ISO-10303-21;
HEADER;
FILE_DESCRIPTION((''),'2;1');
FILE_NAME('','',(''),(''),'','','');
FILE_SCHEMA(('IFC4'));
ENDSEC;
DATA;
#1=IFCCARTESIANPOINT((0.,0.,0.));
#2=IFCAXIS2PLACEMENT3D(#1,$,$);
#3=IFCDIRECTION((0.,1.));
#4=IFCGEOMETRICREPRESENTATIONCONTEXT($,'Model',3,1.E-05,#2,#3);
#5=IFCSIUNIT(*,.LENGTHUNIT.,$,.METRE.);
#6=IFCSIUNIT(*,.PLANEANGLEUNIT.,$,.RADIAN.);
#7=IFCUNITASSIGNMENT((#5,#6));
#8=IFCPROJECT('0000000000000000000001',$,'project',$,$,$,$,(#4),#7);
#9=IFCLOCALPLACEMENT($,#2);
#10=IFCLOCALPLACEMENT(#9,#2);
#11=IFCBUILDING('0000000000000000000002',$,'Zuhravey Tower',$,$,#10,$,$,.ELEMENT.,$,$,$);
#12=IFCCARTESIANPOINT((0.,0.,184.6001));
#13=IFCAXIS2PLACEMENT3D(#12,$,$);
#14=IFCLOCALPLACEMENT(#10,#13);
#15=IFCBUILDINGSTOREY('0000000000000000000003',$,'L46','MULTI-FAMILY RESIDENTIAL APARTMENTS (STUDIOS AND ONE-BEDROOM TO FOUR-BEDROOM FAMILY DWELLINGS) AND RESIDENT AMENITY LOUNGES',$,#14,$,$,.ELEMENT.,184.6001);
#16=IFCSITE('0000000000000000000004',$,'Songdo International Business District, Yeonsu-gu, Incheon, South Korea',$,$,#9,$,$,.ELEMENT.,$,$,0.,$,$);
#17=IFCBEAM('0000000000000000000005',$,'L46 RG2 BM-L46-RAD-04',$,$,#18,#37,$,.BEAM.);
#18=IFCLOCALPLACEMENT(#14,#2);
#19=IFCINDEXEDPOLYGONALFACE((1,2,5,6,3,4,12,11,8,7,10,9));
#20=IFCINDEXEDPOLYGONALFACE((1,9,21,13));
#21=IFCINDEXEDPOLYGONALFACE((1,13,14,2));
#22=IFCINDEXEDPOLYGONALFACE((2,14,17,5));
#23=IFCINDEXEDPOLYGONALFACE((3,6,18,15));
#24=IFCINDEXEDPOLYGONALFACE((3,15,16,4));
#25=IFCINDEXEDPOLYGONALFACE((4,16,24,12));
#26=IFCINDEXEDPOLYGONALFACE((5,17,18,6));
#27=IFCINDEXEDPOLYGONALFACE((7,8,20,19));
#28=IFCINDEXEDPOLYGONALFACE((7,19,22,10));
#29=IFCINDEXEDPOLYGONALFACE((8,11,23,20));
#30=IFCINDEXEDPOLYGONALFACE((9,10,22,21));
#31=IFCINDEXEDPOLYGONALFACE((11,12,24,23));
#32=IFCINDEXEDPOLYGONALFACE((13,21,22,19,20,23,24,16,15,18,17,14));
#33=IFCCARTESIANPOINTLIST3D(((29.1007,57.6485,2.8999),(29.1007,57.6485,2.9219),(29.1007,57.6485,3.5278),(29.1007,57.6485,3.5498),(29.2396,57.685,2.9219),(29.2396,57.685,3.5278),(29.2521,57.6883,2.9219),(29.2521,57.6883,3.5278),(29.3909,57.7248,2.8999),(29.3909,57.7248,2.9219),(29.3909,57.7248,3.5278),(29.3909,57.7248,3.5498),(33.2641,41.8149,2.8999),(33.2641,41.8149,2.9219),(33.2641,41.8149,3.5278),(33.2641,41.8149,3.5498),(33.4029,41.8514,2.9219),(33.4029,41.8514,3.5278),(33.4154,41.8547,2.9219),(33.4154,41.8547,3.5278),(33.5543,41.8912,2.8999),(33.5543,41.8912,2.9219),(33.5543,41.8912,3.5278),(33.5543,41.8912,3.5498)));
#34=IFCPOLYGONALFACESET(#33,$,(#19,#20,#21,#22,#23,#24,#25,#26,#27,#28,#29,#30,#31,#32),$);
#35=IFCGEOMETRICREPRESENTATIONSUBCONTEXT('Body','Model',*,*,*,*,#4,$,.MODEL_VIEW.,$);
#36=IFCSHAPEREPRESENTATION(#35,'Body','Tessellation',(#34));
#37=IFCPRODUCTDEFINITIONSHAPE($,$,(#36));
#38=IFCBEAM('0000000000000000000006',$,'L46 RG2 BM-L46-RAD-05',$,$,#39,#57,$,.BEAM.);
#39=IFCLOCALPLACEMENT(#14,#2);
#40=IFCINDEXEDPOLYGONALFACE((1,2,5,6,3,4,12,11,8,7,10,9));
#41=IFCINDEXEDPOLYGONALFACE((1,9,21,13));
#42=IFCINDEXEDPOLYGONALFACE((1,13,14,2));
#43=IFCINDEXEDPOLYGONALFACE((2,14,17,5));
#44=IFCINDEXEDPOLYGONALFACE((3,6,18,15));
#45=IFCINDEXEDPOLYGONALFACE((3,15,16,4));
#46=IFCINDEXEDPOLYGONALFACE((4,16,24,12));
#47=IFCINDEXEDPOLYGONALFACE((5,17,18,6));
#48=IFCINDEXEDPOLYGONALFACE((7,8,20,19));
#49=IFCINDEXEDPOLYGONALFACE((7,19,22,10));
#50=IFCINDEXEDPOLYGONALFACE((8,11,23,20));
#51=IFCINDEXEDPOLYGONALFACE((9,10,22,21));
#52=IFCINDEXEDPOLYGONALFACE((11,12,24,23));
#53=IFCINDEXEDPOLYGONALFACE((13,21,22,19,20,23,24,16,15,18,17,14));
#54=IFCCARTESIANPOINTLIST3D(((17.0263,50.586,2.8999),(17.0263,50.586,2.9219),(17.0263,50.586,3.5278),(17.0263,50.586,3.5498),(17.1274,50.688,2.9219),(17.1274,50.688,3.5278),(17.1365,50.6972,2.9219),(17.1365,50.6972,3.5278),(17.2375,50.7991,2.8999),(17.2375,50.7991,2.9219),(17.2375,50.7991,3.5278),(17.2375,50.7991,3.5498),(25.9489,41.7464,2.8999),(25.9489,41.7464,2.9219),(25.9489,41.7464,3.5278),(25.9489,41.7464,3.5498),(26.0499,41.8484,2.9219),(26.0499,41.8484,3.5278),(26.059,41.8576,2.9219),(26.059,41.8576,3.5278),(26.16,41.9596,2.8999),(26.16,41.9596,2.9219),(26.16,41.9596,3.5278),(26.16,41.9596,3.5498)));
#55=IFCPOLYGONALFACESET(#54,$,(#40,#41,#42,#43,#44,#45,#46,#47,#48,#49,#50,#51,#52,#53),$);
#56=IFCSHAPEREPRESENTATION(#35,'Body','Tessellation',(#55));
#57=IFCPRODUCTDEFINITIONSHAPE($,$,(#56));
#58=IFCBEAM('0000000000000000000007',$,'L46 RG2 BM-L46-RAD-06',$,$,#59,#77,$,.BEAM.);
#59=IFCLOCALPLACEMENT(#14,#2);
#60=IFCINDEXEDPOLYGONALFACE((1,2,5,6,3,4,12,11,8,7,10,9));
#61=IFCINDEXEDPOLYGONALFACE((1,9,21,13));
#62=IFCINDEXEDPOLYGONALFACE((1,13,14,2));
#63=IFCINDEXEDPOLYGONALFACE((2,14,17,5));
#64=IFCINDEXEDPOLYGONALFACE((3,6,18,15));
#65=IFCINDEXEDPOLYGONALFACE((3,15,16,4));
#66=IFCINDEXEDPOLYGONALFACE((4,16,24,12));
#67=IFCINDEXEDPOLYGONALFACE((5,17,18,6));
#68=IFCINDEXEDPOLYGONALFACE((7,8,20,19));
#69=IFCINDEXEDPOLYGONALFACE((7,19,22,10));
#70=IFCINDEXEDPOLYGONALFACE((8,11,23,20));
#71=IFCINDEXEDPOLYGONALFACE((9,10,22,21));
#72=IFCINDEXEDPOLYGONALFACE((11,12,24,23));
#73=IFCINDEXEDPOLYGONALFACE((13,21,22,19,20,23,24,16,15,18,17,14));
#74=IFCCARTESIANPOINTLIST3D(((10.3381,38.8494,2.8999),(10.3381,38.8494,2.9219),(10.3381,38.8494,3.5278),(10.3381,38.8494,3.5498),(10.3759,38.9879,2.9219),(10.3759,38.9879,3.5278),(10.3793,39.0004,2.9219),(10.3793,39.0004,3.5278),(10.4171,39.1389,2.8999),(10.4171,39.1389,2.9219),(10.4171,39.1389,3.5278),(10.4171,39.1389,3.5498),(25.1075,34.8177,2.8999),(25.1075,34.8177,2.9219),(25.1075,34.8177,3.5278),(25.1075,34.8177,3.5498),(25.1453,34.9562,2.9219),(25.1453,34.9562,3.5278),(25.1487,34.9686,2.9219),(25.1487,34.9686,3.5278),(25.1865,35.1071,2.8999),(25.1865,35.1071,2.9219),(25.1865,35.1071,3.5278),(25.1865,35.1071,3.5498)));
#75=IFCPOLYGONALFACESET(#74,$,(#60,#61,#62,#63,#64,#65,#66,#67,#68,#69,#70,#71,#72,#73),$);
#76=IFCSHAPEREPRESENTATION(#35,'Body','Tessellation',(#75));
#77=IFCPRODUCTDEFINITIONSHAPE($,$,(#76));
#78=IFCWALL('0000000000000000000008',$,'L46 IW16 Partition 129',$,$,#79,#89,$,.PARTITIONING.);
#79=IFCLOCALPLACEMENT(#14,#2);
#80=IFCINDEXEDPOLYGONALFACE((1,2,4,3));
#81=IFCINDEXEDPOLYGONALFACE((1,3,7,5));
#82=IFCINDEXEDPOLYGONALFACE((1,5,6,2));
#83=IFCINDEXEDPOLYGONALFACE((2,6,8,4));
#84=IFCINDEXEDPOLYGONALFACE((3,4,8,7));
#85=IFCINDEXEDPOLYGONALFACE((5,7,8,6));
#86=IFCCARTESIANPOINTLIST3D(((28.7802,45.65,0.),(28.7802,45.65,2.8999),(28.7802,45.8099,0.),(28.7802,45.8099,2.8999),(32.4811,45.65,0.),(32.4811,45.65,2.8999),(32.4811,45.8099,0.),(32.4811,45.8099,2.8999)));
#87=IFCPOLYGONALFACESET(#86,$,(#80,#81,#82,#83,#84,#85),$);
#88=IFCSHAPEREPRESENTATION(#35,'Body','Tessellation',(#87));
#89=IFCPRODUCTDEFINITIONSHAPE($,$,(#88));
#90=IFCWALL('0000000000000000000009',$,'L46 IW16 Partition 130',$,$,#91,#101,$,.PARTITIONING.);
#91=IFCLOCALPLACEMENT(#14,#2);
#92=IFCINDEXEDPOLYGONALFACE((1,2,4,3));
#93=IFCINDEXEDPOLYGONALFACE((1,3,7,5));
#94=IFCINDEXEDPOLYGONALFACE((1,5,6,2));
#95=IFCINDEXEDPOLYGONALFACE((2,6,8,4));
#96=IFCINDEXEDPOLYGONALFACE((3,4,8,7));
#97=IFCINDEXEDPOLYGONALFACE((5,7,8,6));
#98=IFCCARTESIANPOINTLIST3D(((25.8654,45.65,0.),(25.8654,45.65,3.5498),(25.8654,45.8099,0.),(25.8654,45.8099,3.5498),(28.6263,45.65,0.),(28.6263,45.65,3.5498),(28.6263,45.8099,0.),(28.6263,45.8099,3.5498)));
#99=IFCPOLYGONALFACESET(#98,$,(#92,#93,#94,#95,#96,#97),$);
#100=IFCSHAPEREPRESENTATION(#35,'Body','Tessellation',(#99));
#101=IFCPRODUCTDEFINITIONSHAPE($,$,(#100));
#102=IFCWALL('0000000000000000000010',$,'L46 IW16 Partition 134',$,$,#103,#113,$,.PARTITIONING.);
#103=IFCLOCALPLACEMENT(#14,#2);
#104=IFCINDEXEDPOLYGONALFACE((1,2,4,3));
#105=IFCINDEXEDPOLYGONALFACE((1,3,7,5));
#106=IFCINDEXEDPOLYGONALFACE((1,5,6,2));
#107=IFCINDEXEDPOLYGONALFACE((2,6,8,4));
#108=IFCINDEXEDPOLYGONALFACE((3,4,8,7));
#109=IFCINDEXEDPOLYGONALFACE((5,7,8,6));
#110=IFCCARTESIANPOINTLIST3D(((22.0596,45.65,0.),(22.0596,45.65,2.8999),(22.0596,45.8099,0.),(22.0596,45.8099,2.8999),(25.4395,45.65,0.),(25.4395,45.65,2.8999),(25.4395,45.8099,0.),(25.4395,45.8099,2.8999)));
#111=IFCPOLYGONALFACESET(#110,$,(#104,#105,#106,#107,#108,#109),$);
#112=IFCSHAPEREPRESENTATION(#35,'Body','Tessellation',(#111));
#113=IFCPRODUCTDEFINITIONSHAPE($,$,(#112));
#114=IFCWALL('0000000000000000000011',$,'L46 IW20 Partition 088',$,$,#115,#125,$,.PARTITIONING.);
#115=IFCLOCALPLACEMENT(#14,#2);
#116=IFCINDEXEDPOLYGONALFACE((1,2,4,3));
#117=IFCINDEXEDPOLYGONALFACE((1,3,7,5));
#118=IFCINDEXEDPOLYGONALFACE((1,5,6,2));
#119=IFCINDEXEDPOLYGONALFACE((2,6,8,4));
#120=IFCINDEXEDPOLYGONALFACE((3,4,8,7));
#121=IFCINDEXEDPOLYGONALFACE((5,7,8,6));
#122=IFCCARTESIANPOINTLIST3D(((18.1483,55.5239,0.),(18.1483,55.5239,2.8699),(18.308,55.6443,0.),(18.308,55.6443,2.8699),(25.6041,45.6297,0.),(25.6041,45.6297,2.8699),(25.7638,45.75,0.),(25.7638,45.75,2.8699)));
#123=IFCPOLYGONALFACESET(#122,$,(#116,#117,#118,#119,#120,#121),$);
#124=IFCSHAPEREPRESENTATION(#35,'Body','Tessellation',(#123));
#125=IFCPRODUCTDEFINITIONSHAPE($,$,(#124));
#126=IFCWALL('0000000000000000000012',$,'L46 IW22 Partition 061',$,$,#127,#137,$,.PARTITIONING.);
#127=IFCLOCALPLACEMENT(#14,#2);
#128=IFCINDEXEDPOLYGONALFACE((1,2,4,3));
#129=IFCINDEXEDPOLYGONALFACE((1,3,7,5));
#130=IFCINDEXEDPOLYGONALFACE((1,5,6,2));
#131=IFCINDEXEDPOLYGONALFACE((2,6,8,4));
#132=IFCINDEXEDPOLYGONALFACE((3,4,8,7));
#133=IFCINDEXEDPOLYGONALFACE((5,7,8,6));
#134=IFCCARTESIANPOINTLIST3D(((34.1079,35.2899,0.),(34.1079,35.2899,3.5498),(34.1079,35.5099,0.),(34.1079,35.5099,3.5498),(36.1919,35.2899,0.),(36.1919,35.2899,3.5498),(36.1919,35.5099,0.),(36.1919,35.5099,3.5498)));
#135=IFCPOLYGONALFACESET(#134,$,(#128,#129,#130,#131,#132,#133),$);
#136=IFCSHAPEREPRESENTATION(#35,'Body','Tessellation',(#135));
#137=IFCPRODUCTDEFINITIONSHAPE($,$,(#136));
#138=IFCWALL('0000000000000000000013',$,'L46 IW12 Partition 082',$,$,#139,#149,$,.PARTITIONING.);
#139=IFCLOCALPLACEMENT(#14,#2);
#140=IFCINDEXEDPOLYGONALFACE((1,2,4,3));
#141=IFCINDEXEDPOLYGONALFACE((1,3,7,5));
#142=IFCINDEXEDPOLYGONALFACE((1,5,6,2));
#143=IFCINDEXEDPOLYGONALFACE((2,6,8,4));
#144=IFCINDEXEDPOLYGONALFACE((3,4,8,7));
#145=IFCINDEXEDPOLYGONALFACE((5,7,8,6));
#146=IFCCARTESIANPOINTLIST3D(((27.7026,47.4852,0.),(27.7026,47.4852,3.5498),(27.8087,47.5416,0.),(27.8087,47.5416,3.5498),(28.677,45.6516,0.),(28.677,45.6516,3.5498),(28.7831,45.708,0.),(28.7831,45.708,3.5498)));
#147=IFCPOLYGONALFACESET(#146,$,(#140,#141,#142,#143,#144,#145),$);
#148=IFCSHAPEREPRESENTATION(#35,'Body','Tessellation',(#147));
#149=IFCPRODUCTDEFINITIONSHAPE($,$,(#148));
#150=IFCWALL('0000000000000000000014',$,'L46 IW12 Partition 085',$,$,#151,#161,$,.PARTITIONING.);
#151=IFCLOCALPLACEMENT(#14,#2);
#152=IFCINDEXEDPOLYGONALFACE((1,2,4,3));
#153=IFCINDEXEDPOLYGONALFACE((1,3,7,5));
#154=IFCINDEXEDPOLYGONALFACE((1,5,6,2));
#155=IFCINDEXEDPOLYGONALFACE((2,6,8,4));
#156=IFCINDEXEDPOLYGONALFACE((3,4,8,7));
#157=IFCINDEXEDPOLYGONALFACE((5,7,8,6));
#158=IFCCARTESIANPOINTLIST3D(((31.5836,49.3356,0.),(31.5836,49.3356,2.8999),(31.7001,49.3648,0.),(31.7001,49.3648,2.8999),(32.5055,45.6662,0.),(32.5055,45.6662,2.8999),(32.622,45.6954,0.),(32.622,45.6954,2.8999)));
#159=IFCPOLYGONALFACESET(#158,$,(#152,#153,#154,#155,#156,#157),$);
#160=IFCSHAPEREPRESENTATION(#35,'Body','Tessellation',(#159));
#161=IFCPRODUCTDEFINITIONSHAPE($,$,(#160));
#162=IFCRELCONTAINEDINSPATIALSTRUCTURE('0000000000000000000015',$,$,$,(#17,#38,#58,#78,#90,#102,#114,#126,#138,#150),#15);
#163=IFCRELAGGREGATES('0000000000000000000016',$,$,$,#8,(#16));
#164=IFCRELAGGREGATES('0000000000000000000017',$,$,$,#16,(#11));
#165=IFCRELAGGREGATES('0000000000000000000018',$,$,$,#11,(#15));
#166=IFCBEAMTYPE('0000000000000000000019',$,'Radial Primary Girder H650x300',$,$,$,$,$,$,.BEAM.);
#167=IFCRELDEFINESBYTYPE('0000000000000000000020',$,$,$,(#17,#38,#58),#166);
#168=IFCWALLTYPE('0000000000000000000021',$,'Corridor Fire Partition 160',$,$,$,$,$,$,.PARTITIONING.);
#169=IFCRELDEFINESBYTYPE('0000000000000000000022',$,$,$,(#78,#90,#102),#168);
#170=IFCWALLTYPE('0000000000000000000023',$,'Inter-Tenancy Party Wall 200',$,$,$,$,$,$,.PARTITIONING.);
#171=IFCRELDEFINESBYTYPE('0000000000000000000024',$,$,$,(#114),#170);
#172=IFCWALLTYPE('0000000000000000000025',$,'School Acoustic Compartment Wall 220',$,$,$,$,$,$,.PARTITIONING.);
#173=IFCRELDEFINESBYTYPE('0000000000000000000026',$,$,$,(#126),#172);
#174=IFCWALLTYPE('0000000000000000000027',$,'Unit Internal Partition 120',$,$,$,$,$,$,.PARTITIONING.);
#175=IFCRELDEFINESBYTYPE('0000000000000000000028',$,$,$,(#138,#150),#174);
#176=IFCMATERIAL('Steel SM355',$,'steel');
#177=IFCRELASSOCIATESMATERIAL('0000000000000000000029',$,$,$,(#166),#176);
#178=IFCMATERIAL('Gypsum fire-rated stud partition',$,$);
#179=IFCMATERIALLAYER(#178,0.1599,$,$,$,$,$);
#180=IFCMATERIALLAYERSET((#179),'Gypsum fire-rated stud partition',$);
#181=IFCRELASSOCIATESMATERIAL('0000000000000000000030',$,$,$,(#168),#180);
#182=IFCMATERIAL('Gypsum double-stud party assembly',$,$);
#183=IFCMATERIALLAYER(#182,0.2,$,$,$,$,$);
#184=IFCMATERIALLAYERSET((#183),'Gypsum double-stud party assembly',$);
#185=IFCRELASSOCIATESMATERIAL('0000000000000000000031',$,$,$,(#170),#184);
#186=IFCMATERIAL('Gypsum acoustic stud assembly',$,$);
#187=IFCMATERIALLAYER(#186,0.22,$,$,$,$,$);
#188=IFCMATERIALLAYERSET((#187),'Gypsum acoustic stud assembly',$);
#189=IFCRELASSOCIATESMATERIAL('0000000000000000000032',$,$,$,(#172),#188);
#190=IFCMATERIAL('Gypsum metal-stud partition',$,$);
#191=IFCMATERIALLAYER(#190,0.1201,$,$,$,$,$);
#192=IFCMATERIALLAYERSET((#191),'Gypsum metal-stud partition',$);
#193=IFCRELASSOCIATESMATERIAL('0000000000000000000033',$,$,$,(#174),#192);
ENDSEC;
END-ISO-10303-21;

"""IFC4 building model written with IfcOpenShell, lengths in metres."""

from ifc_helpers import new_model, si_unit, direction, frame, frame_2d, origin, origin_2d, place, context, subcontext, project, spatial, rectangle, i_section, extrude, material, layer, layer_set, material_profile, profile_set, type_object, element, save


model = new_model("IFC4")

# Units and contexts
model_context = context("Model", 3, precision=1e-05, world=origin(), true_north=direction((0.0, 1.0)))
body_context = subcontext(model_context, "Body", "Model", "MODEL_VIEW")
ifc_project = project(units=[si_unit("LENGTHUNIT", "METRE"), si_unit("PLANEANGLEUNIT", "RADIAN")], contexts=[model_context])

# Site, building, storey
site_placement = place(None, origin())
site = spatial("IfcSite", under=ifc_project, at=site_placement, Name="Songdo International Business District, Yeonsu-gu, Incheon, South Korea", CompositionType="ELEMENT", RefElevation=0.0)
building_placement = place(site_placement, origin())
building = spatial("IfcBuilding", under=site, at=building_placement, Name="Zuhravey Tower", CompositionType="ELEMENT")
storey_placement = place(building_placement, frame((0.0, 0.0, 184.6001)))
storey = spatial("IfcBuildingStorey", under=building, at=storey_placement, Name="L46", Description="MULTI-FAMILY RESIDENTIAL APARTMENTS (STUDIOS AND ONE-BEDROOM TO FOUR-BEDROOM FAMILY DWELLINGS) AND RESIDENT AMENITY LOUNGES", CompositionType="ELEMENT", Elevation=184.6001)

# Beams
ifc_material_1 = material(Name="Steel SM355", Category="steel")
ifc_material_profile = material_profile(ifc_material_1, i_section(OverallWidth=0.3, OverallDepth=0.6499, WebThickness=0.0129, FlangeThickness=0.022, at=origin_2d()), Name="H-650x300x13x22")
ifc_profile_set = profile_set([ifc_material_profile], Name="Steel SM355")
beam_type = type_object("IfcBeamType", Name="Radial Primary Girder H650x300", PredefinedType="BEAM", material=ifc_profile_set)
beam_1_placement = place(storey_placement, frame((33.4092, 41.853, 3.2249), z_axis=(-0.2543, 0.967125, 0.0), x_axis=(-0.967125, -0.2543, 0.0)))
element("IfcBeam", 1, at=beam_1_placement, inside=storey, type_object=beam_type, Name="L46 RG2 BM-L46-RAD-04", PredefinedType="BEAM", context=body_context, shape_type="SweptSolid", body=[
    extrude(i_section(OverallWidth=0.3, OverallDepth=0.6499, WebThickness=0.0129, FlangeThickness=0.022, at=origin_2d()), origin(), (0.0, 0.0, 1.0), 16.3718),
])
beam_2_placement = place(storey_placement, frame((26.0544, 41.853, 3.2249), z_axis=(-0.710404, 0.703795, 0.0), x_axis=(-0.703795, -0.710404, 0.0)))
element("IfcBeam", 2, at=beam_2_placement, inside=storey, type_object=beam_type, Name="L46 RG2 BM-L46-RAD-05", PredefinedType="BEAM", context=body_context, shape_type="SweptSolid", body=[
    extrude(i_section(OverallWidth=0.3, OverallDepth=0.6499, WebThickness=0.0129, FlangeThickness=0.022, at=origin_2d()), origin(), (0.0, 0.0, 1.0), 12.5598),
])
beam_3_placement = place(storey_placement, frame((25.147, 34.9624, 3.2249), z_axis=(-0.964702, 0.263345, 0.0), x_axis=(-0.263345, -0.964702, 0.0)))
element("IfcBeam", 3, at=beam_3_placement, inside=storey, type_object=beam_type, Name="L46 RG2 BM-L46-RAD-06", PredefinedType="BEAM", context=body_context, shape_type="SweptSolid", body=[
    extrude(i_section(OverallWidth=0.3, OverallDepth=0.6499, WebThickness=0.0129, FlangeThickness=0.022, at=origin_2d()), origin(), (0.0, 0.0, 1.0), 15.3098),
])

# Walls
ifc_material_2 = material(Name="Gypsum fire-rated stud partition")
ifc_layer_1 = layer(ifc_material_2, 0.1599)
ifc_layer_set_1 = layer_set([ifc_layer_1], Name="Gypsum fire-rated stud partition")
wall_type_1 = type_object("IfcWallType", Name="Corridor Fire Partition 160", PredefinedType="PARTITIONING", material=ifc_layer_set_1)
wall_1_placement = place(storey_placement, frame((32.4812, 45.73, 0.0), z_axis=(0.0, 0.0, 1.0), x_axis=(-1.0, 0.0, 0.0)))
element("IfcWall", 4, at=wall_1_placement, inside=storey, type_object=wall_type_1, Name="L46 IW16 Partition 129", PredefinedType="PARTITIONING", context=body_context, shape_type="SweptSolid", body=[
    extrude(rectangle(XDim=3.7009, YDim=0.1599, at=frame_2d((1.8506, 0.0))), origin(), (0.0, 0.0, 1.0), 2.8999),
])
wall_2_placement = place(storey_placement, frame((28.6262, 45.73, 0.0), z_axis=(0.0, 0.0, 1.0), x_axis=(-1.0, 0.0, 0.0)))
element("IfcWall", 5, at=wall_2_placement, inside=storey, type_object=wall_type_1, Name="L46 IW16 Partition 130", PredefinedType="PARTITIONING", context=body_context, shape_type="SweptSolid", body=[
    extrude(rectangle(XDim=2.761, YDim=0.1599, at=frame_2d((1.3804, 0.0))), origin(), (0.0, 0.0, 1.0), 3.5498),
])
wall_3_placement = place(storey_placement, frame((25.4395, 45.73, 0.0), z_axis=(0.0, 0.0, 1.0), x_axis=(-1.0, 0.0, 0.0)))
element("IfcWall", 6, at=wall_3_placement, inside=storey, type_object=wall_type_1, Name="L46 IW16 Partition 134", PredefinedType="PARTITIONING", context=body_context, shape_type="SweptSolid", body=[
    extrude(rectangle(XDim=3.3799, YDim=0.1599, at=frame_2d((1.6899, 0.0))), origin(), (0.0, 0.0, 1.0), 2.8999),
])
ifc_material_3 = material(Name="Gypsum double-stud party assembly")
ifc_layer_2 = layer(ifc_material_3, 0.2)
ifc_layer_set_2 = layer_set([ifc_layer_2], Name="Gypsum double-stud party assembly")
wall_type_2 = type_object("IfcWallType", Name="Inter-Tenancy Party Wall 200", PredefinedType="PARTITIONING", material=ifc_layer_set_2)
wall_4_placement = place(storey_placement, frame((25.6838, 45.6899, 0.0), z_axis=(0.0, 0.0, 1.0), x_axis=(-0.601811, 0.798638, 0.0)))
element("IfcWall", 7, at=wall_4_placement, inside=storey, type_object=wall_type_2, Name="L46 IW20 Partition 088", PredefinedType="PARTITIONING", context=body_context, shape_type="SweptSolid", body=[
    extrude(rectangle(XDim=12.3889, YDim=0.2, at=frame_2d((6.1943, 0.0))), origin(), (0.0, 0.0, 1.0), 2.8699),
])
ifc_material_4 = material(Name="Gypsum acoustic stud assembly")
ifc_layer_3 = layer(ifc_material_4, 0.22)
ifc_layer_set_3 = layer_set([ifc_layer_3], Name="Gypsum acoustic stud assembly")
wall_type_3 = type_object("IfcWallType", Name="School Acoustic Compartment Wall 220", PredefinedType="PARTITIONING", material=ifc_layer_set_3)
wall_5_placement = place(storey_placement, frame((34.1079, 35.3999, 0.0), z_axis=(0.0, 0.0, 1.0), x_axis=(1.0, 0.0, 0.0)))
element("IfcWall", 8, at=wall_5_placement, inside=storey, type_object=wall_type_3, Name="L46 IW22 Partition 061", PredefinedType="PARTITIONING", context=body_context, shape_type="SweptSolid", body=[
    extrude(rectangle(XDim=2.084, YDim=0.22, at=frame_2d((1.042, 0.0))), origin(), (0.0, 0.0, 1.0), 3.5498),
])
ifc_material_5 = material(Name="Gypsum metal-stud partition")
ifc_layer_4 = layer(ifc_material_5, 0.1201)
ifc_layer_set_4 = layer_set([ifc_layer_4], Name="Gypsum metal-stud partition")
wall_type_4 = type_object("IfcWallType", Name="Unit Internal Partition 120", PredefinedType="PARTITIONING", material=ifc_layer_set_4)
wall_6_placement = place(storey_placement, frame((28.73, 45.6799, 0.0), z_axis=(0.0, 0.0, 1.0), x_axis=(-0.469276, 0.883052, 0.0)))
element("IfcWall", 9, at=wall_6_placement, inside=storey, type_object=wall_type_4, Name="L46 IW12 Partition 082", PredefinedType="PARTITIONING", context=body_context, shape_type="SweptSolid", body=[
    extrude(rectangle(XDim=2.0764, YDim=0.1201, at=frame_2d((1.0381, 0.0))), origin(), (0.0, 0.0, 1.0), 3.5498),
])
wall_7_placement = place(storey_placement, frame((32.5637, 45.6809, 0.0), z_axis=(0.0, 0.0, 1.0), x_axis=(-0.243659, 0.969861, 0.0)))
element("IfcWall", 10, at=wall_7_placement, inside=storey, type_object=wall_type_4, Name="L46 IW12 Partition 085", PredefinedType="PARTITIONING", context=body_context, shape_type="SweptSolid", body=[
    extrude(rectangle(XDim=3.7834, YDim=0.1201, at=frame_2d((1.8916, 0.0))), origin(), (0.0, 0.0, 1.0), 2.8999),
])

save(model, "model.ifc")
